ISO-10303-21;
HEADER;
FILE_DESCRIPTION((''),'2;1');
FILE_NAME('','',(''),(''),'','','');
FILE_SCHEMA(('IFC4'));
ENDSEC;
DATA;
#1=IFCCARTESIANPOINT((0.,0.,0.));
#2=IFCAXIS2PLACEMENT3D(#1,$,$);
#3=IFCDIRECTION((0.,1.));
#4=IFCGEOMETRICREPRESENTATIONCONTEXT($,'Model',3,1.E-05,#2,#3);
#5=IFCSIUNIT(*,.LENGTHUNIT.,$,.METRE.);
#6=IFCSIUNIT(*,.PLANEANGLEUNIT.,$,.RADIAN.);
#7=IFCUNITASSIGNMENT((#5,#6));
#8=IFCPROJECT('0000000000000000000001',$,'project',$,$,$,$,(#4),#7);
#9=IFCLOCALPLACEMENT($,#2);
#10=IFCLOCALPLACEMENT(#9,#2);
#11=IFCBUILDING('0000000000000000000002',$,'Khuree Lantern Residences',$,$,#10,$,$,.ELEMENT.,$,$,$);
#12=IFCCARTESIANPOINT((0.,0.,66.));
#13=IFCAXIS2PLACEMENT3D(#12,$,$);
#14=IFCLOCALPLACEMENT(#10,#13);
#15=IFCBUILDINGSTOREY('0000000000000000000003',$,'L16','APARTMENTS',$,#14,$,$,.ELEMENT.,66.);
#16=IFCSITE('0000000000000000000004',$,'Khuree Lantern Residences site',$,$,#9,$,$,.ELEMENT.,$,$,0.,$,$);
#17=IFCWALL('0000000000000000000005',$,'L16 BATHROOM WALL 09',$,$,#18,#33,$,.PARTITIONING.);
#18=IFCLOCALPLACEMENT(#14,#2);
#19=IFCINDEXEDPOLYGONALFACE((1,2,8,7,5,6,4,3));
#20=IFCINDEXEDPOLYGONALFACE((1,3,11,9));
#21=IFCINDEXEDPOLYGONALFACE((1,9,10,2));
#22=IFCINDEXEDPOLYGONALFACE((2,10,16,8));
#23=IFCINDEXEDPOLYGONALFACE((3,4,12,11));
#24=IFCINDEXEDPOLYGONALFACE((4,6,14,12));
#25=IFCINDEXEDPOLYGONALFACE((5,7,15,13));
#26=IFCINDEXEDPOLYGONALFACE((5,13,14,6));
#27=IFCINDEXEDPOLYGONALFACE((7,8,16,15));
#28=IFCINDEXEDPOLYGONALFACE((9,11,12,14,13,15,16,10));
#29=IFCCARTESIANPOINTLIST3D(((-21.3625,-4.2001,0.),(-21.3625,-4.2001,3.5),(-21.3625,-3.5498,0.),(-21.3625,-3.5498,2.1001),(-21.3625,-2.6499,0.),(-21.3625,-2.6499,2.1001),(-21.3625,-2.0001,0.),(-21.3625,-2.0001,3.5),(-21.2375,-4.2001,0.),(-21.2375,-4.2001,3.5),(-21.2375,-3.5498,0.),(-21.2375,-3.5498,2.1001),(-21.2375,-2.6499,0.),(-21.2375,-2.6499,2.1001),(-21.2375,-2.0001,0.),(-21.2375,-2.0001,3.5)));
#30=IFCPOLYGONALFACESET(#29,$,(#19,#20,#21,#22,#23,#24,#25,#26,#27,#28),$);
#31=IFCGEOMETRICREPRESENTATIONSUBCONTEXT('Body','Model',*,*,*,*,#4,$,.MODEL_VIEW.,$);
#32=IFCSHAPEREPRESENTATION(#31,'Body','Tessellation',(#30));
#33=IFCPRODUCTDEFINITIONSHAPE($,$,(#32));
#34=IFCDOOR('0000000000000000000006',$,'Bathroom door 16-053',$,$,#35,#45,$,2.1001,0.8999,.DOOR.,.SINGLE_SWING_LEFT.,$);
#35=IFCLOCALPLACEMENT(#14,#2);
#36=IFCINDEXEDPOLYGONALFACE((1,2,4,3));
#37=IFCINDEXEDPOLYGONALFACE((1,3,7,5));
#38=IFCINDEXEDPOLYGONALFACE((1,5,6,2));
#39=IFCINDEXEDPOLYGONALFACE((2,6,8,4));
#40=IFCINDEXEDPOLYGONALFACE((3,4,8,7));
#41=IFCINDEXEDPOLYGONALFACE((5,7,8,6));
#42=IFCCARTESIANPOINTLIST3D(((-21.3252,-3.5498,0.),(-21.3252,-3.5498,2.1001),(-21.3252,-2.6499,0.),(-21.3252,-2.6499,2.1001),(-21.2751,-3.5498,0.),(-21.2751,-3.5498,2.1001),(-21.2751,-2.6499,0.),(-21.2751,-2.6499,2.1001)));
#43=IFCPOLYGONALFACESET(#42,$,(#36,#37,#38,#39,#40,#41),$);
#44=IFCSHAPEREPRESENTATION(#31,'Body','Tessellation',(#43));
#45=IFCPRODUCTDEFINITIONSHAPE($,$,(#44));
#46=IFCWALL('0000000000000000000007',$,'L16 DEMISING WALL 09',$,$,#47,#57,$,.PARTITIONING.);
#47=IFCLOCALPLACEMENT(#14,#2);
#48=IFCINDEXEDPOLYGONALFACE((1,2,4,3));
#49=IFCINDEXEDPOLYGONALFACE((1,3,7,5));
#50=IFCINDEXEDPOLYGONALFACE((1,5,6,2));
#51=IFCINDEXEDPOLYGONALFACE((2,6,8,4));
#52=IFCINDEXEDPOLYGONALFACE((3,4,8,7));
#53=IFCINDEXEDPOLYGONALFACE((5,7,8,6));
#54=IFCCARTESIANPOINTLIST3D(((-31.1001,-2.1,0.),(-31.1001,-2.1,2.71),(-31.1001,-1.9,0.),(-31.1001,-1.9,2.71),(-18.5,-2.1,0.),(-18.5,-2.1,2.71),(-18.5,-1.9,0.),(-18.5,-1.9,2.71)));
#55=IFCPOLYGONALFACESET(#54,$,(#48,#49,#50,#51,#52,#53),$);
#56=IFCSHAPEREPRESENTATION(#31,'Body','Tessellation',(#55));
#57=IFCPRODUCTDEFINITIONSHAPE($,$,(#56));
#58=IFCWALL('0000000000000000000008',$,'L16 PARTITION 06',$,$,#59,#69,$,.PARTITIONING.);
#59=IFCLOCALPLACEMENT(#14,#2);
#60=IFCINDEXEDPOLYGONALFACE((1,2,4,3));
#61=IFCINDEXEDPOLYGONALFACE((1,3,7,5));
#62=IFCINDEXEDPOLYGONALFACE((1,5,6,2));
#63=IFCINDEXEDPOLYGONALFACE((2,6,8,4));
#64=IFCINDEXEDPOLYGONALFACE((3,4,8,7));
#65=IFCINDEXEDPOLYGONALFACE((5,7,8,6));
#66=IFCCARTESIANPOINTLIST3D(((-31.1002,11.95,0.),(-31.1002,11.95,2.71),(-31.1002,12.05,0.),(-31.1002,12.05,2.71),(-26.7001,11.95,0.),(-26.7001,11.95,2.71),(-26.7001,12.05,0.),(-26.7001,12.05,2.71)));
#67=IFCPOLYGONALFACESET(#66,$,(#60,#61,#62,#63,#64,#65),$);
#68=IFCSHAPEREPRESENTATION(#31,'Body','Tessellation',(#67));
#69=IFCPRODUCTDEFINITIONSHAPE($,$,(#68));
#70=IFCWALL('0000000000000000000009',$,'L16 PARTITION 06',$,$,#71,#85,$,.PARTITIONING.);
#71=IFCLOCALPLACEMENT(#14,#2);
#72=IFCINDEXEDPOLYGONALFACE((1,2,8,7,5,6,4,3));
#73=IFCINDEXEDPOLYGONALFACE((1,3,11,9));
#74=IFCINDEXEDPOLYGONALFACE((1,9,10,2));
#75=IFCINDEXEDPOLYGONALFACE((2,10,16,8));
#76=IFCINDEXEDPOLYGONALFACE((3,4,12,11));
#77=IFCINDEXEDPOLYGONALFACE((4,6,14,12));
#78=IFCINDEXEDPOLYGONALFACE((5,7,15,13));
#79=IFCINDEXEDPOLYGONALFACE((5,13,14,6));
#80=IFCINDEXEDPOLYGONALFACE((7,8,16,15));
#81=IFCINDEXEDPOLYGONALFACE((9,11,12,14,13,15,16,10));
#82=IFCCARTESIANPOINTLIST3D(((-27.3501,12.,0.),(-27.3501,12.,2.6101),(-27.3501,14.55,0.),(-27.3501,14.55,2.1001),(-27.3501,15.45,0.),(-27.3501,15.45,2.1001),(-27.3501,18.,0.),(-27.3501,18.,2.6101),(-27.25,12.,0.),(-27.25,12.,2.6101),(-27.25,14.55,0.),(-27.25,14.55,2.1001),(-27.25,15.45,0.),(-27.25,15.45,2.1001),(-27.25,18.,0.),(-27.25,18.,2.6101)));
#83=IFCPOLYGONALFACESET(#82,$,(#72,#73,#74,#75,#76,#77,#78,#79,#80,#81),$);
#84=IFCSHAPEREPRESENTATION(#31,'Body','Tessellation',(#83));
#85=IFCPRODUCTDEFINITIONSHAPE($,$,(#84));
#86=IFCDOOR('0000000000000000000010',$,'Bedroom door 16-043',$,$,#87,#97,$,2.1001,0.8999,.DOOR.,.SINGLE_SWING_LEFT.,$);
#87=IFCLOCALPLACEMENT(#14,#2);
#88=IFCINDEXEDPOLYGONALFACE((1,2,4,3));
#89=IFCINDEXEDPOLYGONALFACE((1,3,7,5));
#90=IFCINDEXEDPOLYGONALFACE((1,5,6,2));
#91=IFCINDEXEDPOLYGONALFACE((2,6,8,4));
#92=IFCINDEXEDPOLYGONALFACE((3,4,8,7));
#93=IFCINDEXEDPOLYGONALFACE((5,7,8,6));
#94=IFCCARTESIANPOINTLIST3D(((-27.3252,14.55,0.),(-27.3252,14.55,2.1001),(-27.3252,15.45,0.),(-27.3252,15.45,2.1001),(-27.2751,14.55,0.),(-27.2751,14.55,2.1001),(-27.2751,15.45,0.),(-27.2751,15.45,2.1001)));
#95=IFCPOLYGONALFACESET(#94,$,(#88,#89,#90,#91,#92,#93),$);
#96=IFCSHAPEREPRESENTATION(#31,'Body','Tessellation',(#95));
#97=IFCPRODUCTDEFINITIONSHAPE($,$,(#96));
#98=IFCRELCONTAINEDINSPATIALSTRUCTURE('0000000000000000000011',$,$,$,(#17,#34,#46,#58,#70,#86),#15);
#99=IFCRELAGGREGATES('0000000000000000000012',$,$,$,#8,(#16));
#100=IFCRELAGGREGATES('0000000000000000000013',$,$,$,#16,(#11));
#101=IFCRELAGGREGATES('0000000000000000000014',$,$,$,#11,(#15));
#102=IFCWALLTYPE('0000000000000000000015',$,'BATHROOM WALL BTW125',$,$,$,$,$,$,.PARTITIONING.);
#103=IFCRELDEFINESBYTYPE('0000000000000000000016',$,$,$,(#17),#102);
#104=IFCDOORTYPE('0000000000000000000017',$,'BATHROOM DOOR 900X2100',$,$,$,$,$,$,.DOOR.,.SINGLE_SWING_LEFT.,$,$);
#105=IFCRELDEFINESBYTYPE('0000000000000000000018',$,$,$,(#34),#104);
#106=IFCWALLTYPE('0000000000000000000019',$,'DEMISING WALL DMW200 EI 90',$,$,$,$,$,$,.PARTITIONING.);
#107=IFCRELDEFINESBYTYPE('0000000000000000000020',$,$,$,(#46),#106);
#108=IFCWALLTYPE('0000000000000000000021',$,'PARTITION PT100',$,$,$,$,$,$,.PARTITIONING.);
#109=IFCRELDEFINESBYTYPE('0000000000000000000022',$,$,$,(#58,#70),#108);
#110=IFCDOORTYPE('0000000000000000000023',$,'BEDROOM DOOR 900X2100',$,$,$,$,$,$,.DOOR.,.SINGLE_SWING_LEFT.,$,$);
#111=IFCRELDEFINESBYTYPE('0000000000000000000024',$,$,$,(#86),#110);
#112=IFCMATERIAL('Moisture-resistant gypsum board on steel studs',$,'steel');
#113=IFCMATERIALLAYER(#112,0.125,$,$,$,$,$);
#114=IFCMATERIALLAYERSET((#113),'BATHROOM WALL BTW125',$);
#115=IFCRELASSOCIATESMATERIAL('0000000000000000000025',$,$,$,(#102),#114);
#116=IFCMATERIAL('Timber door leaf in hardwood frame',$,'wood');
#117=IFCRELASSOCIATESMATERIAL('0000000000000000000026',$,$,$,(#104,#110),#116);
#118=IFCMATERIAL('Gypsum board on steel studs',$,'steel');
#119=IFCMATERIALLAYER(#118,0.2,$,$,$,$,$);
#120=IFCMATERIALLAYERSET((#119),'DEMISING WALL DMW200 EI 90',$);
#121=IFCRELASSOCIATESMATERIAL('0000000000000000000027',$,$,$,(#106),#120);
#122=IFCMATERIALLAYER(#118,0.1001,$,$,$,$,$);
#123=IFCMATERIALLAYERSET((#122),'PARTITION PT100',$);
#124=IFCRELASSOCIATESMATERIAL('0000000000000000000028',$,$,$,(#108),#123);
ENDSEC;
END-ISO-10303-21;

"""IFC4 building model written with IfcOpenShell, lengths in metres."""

from ifc_helpers import new_model, si_unit, direction, frame, frame_2d, origin, place, context, subcontext, project, spatial, rectangle, extrude, material, layer, layer_set, type_object, element, fill, save


model = new_model("IFC4")

# Units and contexts
model_context = context("Model", 3, precision=1e-05, world=origin(), true_north=direction((0.0, 1.0)))
body_context = subcontext(model_context, "Body", "Model", "MODEL_VIEW")
ifc_project = project(units=[si_unit("LENGTHUNIT", "METRE"), si_unit("PLANEANGLEUNIT", "RADIAN")], contexts=[model_context])

# Site, building, storey
site_placement = place(None, origin())
site = spatial("IfcSite", under=ifc_project, at=site_placement, Name="Khuree Lantern Residences site", CompositionType="ELEMENT", RefElevation=0.0)
building_placement = place(site_placement, origin())
building = spatial("IfcBuilding", under=site, at=building_placement, Name="Khuree Lantern Residences", CompositionType="ELEMENT")
storey_placement = place(building_placement, frame((0.0, 0.0, 66.0)))
storey = spatial("IfcBuildingStorey", under=building, at=storey_placement, Name="L16", Description="APARTMENTS", CompositionType="ELEMENT", Elevation=66.0)

# Shared definitions
ifc_material_1 = material(Name="Moisture-resistant gypsum board on steel studs", Category="steel")
ifc_layer_1 = layer(ifc_material_1, 0.125)
ifc_layer_set_1 = layer_set([ifc_layer_1], Name="BATHROOM WALL BTW125")
wall_type_1 = type_object("IfcWallType", Name="BATHROOM WALL BTW125", PredefinedType="PARTITIONING", material=ifc_layer_set_1)
ifc_material_2 = material(Name="Timber door leaf in hardwood frame", Category="wood")
door_type_1 = type_object("IfcDoorType", Name="BATHROOM DOOR 900X2100", OperationType="SINGLE_SWING_LEFT", PredefinedType="DOOR", material=ifc_material_2)

# Wall, opening, door
wall_1_placement = place(storey_placement, frame((-21.3, -2.0, 0.0), z_axis=(0.0, 0.0, 1.0), x_axis=(0.0, -1.0, 0.0)))
wall_1 = element("IfcWall", 1, at=wall_1_placement, inside=storey, type_object=wall_type_1, Name="L16 BATHROOM WALL 09", PredefinedType="PARTITIONING", context=body_context, shape_type="SweptSolid", body=[
    extrude(rectangle(XDim=2.2, YDim=0.125, at=frame_2d((1.1001, 0.0))), origin(), (0.0, 0.0, 1.0), 3.5),
])
opening_1_placement = place(wall_1_placement, frame((0.6499, 0.0, 0.0)))
opening_1 = element("IfcOpeningElement", 2, at=opening_1_placement, cuts=wall_1, PredefinedType="OPENING", context=body_context, shape_type="SweptSolid", body=[
    extrude(rectangle(XDim=0.8999, YDim=2.1001, at=frame_2d((0.45, 1.05))), frame((0.0, 0.0725, 0.0), z_axis=(0.0, -1.0, 0.0), x_axis=(1.0, 0.0, 0.0)), (0.0, 0.0, 1.0), 0.145),
])
door_1_placement = place(opening_1_placement, origin())
door_1 = element("IfcDoor", 3, at=door_1_placement, inside=storey, type_object=door_type_1, Name="Bathroom door 16-053", OperationType="SINGLE_SWING_LEFT", OverallHeight=2.1001, OverallWidth=0.8999, PredefinedType="DOOR", context=body_context, shape_type="SweptSolid", body=[
    extrude(rectangle(XDim=0.8999, YDim=2.1001, at=frame_2d((0.45, 1.05))), frame((0.0, 0.0249, 0.0), z_axis=(0.0, -1.0, 0.0), x_axis=(1.0, 0.0, 0.0)), (0.0, 0.0, 1.0), 0.05),
])
fill(opening_1, door_1)

# Walls
ifc_material_3 = material(Name="Gypsum board on steel studs", Category="steel")
ifc_layer_2 = layer(ifc_material_3, 0.2)
ifc_layer_set_2 = layer_set([ifc_layer_2], Name="DEMISING WALL DMW200 EI 90")
wall_type_2 = type_object("IfcWallType", Name="DEMISING WALL DMW200 EI 90", PredefinedType="PARTITIONING", material=ifc_layer_set_2)
wall_2_placement = place(storey_placement, frame((-18.5, -2.0, 0.0), z_axis=(0.0, 0.0, 1.0), x_axis=(-1.0, 0.0, 0.0)))
element("IfcWall", 4, at=wall_2_placement, inside=storey, type_object=wall_type_2, Name="L16 DEMISING WALL 09", PredefinedType="PARTITIONING", context=body_context, shape_type="SweptSolid", body=[
    extrude(rectangle(XDim=12.6001, YDim=0.2, at=frame_2d((6.3, 0.0))), origin(), (0.0, 0.0, 1.0), 2.71),
])
ifc_layer_3 = layer(ifc_material_3, 0.1001)
ifc_layer_set_3 = layer_set([ifc_layer_3], Name="PARTITION PT100")
wall_type_3 = type_object("IfcWallType", Name="PARTITION PT100", PredefinedType="PARTITIONING", material=ifc_layer_set_3)
wall_3_placement = place(storey_placement, frame((-26.7, 12.0, 0.0), z_axis=(0.0, 0.0, 1.0), x_axis=(-1.0, 0.0, 0.0)))
element("IfcWall", 5, at=wall_3_placement, inside=storey, type_object=wall_type_3, Name="L16 PARTITION 06", PredefinedType="PARTITIONING", context=body_context, shape_type="SweptSolid", body=[
    extrude(rectangle(XDim=4.4001, YDim=0.1001, at=frame_2d((2.2002, 0.0))), origin(), (0.0, 0.0, 1.0), 2.71),
])

# Wall, opening, door
wall_4_placement = place(storey_placement, frame((-27.3, 18.0, 0.0), z_axis=(0.0, 0.0, 1.0), x_axis=(0.0, -1.0, 0.0)))
wall_4 = element("IfcWall", 6, at=wall_4_placement, inside=storey, type_object=wall_type_3, Name="L16 PARTITION 06", PredefinedType="PARTITIONING", context=body_context, shape_type="SweptSolid", body=[
    extrude(rectangle(XDim=6.0, YDim=0.1001, at=frame_2d((3.0, 0.0))), origin(), (0.0, 0.0, 1.0), 2.6101),
])
opening_2_placement = place(wall_4_placement, frame((2.55, 0.0, 0.0)))
opening_2 = element("IfcOpeningElement", 7, at=opening_2_placement, cuts=wall_4, PredefinedType="OPENING", context=body_context, shape_type="SweptSolid", body=[
    extrude(rectangle(XDim=0.8999, YDim=2.1001, at=frame_2d((0.45, 1.05))), frame((0.0, 0.0601, 0.0), z_axis=(0.0, -1.0, 0.0), x_axis=(1.0, 0.0, 0.0)), (0.0, 0.0, 1.0), 0.1201),
])
door_type_2 = type_object("IfcDoorType", Name="BEDROOM DOOR 900X2100", OperationType="SINGLE_SWING_LEFT", PredefinedType="DOOR", material=ifc_material_2)
door_2_placement = place(opening_2_placement, origin())
door_2 = element("IfcDoor", 8, at=door_2_placement, inside=storey, type_object=door_type_2, Name="Bedroom door 16-043", OperationType="SINGLE_SWING_LEFT", OverallHeight=2.1001, OverallWidth=0.8999, PredefinedType="DOOR", context=body_context, shape_type="SweptSolid", body=[
    extrude(rectangle(XDim=0.8999, YDim=2.1001, at=frame_2d((0.45, 1.05))), frame((0.0, 0.0249, 0.0), z_axis=(0.0, -1.0, 0.0), x_axis=(1.0, 0.0, 0.0)), (0.0, 0.0, 1.0), 0.05),
])
fill(opening_2, door_2)

save(model, "model.ifc")
